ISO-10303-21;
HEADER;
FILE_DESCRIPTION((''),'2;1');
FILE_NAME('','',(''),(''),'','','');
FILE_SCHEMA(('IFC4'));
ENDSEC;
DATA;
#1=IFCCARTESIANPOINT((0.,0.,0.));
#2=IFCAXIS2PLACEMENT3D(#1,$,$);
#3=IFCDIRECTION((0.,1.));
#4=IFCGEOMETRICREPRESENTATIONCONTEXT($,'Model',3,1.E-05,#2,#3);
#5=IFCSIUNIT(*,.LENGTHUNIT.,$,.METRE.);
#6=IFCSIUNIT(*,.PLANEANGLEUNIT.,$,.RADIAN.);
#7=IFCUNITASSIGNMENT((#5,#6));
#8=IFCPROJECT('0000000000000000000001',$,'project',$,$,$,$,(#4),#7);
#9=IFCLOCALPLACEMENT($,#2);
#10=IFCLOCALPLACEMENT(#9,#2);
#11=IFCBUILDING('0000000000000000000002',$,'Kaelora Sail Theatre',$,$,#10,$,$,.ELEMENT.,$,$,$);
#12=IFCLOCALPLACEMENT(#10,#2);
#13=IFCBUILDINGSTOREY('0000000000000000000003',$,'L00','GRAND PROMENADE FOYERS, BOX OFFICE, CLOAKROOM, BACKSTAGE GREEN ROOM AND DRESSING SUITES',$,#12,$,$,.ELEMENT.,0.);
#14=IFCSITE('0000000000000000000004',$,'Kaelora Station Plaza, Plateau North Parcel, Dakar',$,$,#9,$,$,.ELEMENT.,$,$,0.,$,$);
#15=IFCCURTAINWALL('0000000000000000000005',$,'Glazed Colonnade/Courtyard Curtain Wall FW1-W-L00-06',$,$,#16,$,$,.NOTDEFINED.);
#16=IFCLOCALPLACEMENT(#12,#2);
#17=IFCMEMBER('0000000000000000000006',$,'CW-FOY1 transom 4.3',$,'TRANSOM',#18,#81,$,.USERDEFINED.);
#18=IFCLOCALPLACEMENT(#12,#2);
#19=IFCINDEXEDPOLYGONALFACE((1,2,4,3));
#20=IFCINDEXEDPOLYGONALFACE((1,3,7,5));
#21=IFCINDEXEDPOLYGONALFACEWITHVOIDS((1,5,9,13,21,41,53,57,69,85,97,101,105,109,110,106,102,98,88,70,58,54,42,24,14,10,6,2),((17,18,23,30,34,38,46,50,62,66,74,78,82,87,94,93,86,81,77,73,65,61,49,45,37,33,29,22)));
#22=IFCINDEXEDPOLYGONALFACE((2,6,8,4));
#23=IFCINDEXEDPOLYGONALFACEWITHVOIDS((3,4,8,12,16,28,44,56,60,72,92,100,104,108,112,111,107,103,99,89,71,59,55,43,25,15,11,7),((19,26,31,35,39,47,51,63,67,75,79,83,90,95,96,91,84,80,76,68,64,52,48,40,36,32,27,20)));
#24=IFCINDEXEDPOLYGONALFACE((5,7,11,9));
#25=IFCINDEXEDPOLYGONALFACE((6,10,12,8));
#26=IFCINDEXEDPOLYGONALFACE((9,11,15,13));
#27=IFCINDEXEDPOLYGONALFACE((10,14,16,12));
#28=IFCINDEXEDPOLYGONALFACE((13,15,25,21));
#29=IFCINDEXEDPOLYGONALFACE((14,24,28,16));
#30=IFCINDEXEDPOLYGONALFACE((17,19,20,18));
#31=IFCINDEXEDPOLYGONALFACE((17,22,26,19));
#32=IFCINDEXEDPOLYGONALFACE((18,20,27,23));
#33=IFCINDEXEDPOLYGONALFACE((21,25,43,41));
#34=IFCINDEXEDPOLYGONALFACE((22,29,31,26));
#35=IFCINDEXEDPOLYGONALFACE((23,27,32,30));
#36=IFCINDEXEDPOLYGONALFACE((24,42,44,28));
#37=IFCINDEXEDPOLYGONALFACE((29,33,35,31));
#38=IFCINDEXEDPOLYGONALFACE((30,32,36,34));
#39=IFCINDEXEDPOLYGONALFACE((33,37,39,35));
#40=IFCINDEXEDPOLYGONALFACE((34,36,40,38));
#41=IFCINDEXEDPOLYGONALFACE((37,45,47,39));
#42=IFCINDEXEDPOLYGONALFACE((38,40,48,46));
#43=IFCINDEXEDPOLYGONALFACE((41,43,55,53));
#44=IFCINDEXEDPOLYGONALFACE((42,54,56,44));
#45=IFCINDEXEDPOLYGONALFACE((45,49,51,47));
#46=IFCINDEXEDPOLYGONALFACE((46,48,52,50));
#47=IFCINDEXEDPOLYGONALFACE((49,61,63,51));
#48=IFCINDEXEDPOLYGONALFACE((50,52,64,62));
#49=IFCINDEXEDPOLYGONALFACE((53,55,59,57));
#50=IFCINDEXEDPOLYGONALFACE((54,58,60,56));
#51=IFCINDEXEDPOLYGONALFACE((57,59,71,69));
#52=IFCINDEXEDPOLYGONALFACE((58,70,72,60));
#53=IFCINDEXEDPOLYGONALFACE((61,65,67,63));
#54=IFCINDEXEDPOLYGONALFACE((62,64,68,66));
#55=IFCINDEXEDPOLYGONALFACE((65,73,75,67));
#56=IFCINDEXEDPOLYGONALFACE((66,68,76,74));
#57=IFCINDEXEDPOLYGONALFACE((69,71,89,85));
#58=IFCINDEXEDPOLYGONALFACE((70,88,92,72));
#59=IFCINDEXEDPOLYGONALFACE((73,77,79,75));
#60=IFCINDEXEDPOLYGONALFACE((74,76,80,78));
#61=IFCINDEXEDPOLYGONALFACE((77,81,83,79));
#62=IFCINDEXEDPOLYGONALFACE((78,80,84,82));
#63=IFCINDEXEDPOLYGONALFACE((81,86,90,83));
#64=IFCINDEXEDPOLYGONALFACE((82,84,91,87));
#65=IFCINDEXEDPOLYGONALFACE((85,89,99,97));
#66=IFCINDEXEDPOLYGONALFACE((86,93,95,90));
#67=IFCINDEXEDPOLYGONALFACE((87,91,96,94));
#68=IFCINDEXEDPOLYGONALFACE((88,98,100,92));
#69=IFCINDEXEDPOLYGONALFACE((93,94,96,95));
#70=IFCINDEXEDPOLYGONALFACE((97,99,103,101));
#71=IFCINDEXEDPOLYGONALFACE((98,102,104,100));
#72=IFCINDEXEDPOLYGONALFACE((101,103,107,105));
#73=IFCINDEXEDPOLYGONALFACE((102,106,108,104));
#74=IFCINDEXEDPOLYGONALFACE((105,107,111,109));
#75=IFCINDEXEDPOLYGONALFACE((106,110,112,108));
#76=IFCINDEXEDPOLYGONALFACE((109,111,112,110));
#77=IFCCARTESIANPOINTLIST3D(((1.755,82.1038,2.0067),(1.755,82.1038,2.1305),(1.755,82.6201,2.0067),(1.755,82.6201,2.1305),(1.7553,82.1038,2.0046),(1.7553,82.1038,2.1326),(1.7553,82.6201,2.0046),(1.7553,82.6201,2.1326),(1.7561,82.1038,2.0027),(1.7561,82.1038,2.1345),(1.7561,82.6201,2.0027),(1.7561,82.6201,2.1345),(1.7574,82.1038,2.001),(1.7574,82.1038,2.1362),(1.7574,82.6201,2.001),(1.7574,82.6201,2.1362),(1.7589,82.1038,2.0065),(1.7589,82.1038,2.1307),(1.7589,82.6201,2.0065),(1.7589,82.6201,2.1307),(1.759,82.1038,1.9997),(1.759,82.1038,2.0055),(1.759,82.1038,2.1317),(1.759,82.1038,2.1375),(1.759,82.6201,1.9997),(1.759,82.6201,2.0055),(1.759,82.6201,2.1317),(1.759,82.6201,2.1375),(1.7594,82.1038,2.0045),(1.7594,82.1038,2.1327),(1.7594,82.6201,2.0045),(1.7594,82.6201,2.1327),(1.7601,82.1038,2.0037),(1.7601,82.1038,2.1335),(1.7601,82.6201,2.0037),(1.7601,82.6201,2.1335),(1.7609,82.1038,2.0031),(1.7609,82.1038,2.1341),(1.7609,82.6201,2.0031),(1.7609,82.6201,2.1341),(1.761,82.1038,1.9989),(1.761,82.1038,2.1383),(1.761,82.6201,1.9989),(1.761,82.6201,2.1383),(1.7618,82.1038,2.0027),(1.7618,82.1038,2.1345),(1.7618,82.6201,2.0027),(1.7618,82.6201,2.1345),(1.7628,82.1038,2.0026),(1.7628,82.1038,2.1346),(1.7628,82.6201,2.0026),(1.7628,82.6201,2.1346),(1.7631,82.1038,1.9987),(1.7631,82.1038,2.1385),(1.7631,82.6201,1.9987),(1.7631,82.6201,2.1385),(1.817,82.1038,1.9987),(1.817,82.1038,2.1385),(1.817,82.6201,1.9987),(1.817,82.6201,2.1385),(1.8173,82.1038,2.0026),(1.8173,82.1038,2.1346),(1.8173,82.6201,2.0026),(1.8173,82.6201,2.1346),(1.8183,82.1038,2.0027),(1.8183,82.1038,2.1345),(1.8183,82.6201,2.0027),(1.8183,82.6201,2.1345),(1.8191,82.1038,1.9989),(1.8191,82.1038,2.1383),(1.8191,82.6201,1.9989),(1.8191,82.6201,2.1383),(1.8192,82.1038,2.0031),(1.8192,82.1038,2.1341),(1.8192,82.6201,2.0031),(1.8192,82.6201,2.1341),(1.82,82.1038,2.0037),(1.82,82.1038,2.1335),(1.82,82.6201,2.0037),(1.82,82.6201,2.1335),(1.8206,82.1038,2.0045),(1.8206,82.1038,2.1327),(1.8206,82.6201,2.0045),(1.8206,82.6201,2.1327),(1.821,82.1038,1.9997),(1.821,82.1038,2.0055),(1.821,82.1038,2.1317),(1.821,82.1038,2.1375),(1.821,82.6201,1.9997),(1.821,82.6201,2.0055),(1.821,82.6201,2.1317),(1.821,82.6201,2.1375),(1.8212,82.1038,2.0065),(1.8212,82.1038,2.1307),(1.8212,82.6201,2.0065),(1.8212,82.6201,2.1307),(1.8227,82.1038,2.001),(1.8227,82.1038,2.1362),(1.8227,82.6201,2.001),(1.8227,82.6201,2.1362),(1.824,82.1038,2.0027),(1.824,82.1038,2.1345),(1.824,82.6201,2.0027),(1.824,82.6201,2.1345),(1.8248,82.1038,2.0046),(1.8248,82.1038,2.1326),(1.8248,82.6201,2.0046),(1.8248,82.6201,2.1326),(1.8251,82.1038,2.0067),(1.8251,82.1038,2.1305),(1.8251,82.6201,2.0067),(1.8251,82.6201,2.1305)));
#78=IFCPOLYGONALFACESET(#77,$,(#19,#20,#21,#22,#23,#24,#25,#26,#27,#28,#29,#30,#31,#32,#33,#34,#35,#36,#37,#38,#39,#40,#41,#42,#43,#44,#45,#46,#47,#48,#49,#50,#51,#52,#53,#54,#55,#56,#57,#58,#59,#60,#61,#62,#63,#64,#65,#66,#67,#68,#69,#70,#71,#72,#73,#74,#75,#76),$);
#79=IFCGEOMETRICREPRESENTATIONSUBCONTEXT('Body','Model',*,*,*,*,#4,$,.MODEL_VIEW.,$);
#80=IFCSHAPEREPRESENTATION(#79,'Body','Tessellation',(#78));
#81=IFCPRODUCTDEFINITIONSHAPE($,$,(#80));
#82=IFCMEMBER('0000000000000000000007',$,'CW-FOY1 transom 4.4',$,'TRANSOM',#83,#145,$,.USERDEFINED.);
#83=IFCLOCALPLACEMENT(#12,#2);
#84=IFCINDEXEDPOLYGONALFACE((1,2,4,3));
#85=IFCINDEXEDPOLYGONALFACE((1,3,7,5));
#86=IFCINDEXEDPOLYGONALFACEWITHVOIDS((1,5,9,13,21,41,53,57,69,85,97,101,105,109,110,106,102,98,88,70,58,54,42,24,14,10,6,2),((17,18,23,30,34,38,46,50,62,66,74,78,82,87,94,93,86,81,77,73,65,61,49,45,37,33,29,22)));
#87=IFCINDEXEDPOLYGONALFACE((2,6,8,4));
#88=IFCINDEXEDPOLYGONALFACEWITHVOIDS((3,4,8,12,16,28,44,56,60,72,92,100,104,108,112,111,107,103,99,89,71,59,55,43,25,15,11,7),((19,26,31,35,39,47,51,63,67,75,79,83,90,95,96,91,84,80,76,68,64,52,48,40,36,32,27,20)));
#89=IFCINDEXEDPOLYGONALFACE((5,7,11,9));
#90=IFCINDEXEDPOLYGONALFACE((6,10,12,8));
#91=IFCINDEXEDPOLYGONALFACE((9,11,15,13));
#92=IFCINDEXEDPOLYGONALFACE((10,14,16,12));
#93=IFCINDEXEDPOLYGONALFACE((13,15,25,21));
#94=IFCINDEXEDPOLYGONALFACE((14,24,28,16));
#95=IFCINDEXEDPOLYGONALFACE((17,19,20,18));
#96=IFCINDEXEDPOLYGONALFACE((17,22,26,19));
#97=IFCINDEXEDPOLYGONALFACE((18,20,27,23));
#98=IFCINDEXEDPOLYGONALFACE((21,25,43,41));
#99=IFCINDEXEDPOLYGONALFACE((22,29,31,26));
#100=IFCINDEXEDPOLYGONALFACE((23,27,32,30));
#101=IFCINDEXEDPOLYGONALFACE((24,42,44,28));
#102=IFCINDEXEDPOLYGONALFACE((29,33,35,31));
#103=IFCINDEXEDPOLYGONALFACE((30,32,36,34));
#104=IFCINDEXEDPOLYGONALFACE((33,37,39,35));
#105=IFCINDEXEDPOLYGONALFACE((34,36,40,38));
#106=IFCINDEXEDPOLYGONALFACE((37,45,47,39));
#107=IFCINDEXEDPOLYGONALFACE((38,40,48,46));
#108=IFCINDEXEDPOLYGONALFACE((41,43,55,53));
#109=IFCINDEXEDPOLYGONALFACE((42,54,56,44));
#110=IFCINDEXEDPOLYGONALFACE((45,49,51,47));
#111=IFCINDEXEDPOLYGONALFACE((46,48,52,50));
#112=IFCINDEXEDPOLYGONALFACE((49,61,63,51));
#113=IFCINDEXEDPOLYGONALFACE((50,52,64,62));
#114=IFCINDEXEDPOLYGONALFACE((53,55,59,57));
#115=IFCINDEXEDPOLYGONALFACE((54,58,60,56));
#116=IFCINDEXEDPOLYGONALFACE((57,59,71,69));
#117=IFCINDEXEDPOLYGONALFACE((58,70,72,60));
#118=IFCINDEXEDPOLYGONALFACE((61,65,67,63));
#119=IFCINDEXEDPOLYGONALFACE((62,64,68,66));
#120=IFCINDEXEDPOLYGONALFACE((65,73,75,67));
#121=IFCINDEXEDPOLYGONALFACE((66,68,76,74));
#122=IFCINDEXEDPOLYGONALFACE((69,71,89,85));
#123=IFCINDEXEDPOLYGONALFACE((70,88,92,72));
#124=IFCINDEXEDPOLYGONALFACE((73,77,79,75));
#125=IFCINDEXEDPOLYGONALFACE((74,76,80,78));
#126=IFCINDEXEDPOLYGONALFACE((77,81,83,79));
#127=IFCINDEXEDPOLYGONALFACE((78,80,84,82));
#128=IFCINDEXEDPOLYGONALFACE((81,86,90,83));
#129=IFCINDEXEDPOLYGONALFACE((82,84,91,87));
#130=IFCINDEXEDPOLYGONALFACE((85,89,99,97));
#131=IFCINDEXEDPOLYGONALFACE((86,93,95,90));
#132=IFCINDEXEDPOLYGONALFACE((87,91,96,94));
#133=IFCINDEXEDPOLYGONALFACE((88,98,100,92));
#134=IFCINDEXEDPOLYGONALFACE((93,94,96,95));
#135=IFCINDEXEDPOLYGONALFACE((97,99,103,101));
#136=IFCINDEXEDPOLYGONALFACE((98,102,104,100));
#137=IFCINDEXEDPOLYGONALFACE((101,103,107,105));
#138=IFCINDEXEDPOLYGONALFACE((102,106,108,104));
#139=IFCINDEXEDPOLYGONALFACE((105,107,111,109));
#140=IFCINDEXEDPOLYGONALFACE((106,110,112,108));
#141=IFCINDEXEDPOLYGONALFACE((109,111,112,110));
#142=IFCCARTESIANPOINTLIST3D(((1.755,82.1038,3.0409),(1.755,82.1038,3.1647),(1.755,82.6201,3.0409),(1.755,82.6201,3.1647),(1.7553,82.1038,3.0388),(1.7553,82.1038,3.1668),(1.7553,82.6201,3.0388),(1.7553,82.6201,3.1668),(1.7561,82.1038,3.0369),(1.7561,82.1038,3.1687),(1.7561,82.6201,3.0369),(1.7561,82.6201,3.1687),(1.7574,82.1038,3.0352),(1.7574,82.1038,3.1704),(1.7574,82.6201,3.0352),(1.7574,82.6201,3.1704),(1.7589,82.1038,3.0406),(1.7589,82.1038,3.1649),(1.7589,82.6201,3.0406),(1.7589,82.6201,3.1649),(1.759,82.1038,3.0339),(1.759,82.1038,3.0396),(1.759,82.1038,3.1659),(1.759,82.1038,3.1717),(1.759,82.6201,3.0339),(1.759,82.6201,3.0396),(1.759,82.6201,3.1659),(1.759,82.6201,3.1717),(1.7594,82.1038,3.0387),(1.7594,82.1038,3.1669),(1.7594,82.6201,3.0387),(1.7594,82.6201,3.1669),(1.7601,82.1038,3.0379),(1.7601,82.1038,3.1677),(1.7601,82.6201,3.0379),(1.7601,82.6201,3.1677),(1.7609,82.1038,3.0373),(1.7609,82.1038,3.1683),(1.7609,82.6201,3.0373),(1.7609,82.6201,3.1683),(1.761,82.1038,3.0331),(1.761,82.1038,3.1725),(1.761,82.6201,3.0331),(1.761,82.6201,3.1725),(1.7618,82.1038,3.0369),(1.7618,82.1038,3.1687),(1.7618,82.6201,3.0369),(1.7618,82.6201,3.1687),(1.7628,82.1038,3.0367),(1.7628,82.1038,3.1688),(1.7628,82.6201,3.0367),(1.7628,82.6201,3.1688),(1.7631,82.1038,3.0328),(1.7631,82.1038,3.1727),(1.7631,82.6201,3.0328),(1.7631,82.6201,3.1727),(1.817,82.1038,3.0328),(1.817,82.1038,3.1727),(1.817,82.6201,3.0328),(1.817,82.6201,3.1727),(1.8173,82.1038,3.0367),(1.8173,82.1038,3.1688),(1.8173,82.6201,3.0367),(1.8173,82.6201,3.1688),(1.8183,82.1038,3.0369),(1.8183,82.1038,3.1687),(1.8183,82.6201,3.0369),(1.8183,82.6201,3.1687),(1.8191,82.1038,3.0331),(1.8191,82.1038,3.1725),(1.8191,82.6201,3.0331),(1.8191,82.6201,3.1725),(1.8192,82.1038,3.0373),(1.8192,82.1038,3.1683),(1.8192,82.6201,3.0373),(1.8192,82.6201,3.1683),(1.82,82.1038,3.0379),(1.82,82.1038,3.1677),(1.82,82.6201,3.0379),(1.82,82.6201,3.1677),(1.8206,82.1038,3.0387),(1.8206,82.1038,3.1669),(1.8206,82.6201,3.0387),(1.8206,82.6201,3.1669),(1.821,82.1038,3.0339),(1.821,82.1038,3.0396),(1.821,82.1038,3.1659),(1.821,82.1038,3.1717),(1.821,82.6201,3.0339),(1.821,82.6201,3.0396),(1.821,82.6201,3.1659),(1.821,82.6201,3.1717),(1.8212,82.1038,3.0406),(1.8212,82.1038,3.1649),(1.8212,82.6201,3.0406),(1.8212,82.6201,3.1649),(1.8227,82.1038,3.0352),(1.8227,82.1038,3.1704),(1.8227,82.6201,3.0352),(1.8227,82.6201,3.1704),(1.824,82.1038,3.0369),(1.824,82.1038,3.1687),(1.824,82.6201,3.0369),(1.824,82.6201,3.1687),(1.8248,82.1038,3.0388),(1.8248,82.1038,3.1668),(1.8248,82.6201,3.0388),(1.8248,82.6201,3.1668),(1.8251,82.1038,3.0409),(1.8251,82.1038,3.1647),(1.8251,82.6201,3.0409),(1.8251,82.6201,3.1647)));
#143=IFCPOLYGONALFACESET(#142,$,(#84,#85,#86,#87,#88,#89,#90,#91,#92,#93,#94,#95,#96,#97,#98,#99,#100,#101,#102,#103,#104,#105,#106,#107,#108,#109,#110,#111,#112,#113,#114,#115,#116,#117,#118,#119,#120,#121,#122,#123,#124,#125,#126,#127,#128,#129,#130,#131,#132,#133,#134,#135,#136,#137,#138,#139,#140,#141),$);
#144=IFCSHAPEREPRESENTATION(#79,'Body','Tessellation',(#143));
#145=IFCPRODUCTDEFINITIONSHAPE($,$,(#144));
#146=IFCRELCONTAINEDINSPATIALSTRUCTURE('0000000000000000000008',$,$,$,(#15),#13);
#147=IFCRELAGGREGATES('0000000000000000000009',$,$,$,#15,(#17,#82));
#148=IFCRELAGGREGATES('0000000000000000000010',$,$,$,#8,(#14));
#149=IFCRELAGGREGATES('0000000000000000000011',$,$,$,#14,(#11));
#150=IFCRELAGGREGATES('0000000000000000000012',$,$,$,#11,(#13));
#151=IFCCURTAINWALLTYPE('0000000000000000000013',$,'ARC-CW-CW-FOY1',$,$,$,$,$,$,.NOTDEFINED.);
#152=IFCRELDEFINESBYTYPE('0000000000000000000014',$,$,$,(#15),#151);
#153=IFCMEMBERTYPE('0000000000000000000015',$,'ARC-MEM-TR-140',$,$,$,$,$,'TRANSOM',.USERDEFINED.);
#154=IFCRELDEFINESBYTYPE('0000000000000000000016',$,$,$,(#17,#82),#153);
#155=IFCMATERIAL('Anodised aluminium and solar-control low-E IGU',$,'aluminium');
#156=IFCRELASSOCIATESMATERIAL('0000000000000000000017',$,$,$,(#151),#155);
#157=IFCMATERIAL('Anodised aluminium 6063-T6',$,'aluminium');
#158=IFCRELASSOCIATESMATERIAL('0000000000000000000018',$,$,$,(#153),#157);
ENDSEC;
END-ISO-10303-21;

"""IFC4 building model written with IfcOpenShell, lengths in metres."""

from ifc_helpers import new_model, si_unit, direction, frame, origin, origin_2d, place, context, subcontext, project, spatial, hollow_rectangle, extrude, material, material_profile, profile_set, type_object, element, aggregate, save


model = new_model("IFC4")

# Units and contexts
model_context = context("Model", 3, precision=1e-05, world=origin(), true_north=direction((0.0, 1.0)))
body_context = subcontext(model_context, "Body", "Model", "MODEL_VIEW")
ifc_project = project(units=[si_unit("LENGTHUNIT", "METRE"), si_unit("PLANEANGLEUNIT", "RADIAN")], contexts=[model_context])

# Site, building, storey
site_placement = place(None, origin())
site = spatial("IfcSite", under=ifc_project, at=site_placement, Name="Kaelora Station Plaza, Plateau North Parcel, Dakar", CompositionType="ELEMENT", RefElevation=0.0)
building_placement = place(site_placement, origin())
building = spatial("IfcBuilding", under=site, at=building_placement, Name="Kaelora Sail Theatre", CompositionType="ELEMENT")
storey_placement = place(building_placement, origin())
storey = spatial("IfcBuildingStorey", under=building, at=storey_placement, Name="L00", Description="GRAND PROMENADE FOYERS, BOX OFFICE, CLOAKROOM, BACKSTAGE GREEN ROOM AND DRESSING SUITES", CompositionType="ELEMENT", Elevation=0.0)

# Curtain wall, members
ifc_material_1 = material(Name="Anodised aluminium and solar-control low-E IGU", Category="aluminium")
curtain_wall_type = type_object("IfcCurtainWallType", Name="ARC-CW-CW-FOY1", PredefinedType="NOTDEFINED", material=ifc_material_1)
curtain_wall_placement = place(storey_placement, origin())
curtain_wall = element("IfcCurtainWall", 1, at=curtain_wall_placement, inside=storey, type_object=curtain_wall_type, Name="Glazed Colonnade/Courtyard Curtain Wall FW1-W-L00-06", PredefinedType="NOTDEFINED")
ifc_material_2 = material(Name="Anodised aluminium 6063-T6", Category="aluminium")
ifc_material_profile_1 = material_profile(ifc_material_2, hollow_rectangle(XDim=0.0701, YDim=0.1399, WallThickness=0.0039, InnerFilletRadius=0.0039, OuterFilletRadius=0.0081, at=origin_2d()), Name="ALU-TRAN 70x140x4")
ifc_profile_set_1 = profile_set([ifc_material_profile_1], Name="Anodised aluminium 6063-T6")
member_type_1 = type_object("IfcMemberType", Name="ARC-MEM-TR-140", ElementType="TRANSOM", PredefinedType="USERDEFINED", material=ifc_profile_set_1)
member_1_placement = place(storey_placement, frame((1.79, 82.1038, 2.0686), z_axis=(0.0, 1.0, 0.0), x_axis=(-1.0, 0.0, 0.0)))
member_1 = element("IfcMember", 2, at=member_1_placement, type_object=member_type_1, Name="CW-FOY1 transom 4.3", ObjectType="TRANSOM", PredefinedType="USERDEFINED", context=body_context, shape_type="SweptSolid", body=[
    extrude(hollow_rectangle(XDim=0.0701, YDim=0.1399, WallThickness=0.0039, InnerFilletRadius=0.0039, OuterFilletRadius=0.0081, at=origin_2d()), origin(), (0.0, 0.0, 1.0), 0.5164),
])
member_2_placement = place(storey_placement, frame((1.79, 82.1038, 3.1028), z_axis=(0.0, 1.0, 0.0), x_axis=(-1.0, 0.0, 0.0)))
member_2 = element("IfcMember", 3, at=member_2_placement, type_object=member_type_1, Name="CW-FOY1 transom 4.4", ObjectType="TRANSOM", PredefinedType="USERDEFINED", context=body_context, shape_type="SweptSolid", body=[
    extrude(hollow_rectangle(XDim=0.0701, YDim=0.1399, WallThickness=0.0039, InnerFilletRadius=0.0039, OuterFilletRadius=0.0081, at=origin_2d()), origin(), (0.0, 0.0, 1.0), 0.5164),
])

aggregate(curtain_wall, [member_1, member_2])

save(model, "model.ifc")
